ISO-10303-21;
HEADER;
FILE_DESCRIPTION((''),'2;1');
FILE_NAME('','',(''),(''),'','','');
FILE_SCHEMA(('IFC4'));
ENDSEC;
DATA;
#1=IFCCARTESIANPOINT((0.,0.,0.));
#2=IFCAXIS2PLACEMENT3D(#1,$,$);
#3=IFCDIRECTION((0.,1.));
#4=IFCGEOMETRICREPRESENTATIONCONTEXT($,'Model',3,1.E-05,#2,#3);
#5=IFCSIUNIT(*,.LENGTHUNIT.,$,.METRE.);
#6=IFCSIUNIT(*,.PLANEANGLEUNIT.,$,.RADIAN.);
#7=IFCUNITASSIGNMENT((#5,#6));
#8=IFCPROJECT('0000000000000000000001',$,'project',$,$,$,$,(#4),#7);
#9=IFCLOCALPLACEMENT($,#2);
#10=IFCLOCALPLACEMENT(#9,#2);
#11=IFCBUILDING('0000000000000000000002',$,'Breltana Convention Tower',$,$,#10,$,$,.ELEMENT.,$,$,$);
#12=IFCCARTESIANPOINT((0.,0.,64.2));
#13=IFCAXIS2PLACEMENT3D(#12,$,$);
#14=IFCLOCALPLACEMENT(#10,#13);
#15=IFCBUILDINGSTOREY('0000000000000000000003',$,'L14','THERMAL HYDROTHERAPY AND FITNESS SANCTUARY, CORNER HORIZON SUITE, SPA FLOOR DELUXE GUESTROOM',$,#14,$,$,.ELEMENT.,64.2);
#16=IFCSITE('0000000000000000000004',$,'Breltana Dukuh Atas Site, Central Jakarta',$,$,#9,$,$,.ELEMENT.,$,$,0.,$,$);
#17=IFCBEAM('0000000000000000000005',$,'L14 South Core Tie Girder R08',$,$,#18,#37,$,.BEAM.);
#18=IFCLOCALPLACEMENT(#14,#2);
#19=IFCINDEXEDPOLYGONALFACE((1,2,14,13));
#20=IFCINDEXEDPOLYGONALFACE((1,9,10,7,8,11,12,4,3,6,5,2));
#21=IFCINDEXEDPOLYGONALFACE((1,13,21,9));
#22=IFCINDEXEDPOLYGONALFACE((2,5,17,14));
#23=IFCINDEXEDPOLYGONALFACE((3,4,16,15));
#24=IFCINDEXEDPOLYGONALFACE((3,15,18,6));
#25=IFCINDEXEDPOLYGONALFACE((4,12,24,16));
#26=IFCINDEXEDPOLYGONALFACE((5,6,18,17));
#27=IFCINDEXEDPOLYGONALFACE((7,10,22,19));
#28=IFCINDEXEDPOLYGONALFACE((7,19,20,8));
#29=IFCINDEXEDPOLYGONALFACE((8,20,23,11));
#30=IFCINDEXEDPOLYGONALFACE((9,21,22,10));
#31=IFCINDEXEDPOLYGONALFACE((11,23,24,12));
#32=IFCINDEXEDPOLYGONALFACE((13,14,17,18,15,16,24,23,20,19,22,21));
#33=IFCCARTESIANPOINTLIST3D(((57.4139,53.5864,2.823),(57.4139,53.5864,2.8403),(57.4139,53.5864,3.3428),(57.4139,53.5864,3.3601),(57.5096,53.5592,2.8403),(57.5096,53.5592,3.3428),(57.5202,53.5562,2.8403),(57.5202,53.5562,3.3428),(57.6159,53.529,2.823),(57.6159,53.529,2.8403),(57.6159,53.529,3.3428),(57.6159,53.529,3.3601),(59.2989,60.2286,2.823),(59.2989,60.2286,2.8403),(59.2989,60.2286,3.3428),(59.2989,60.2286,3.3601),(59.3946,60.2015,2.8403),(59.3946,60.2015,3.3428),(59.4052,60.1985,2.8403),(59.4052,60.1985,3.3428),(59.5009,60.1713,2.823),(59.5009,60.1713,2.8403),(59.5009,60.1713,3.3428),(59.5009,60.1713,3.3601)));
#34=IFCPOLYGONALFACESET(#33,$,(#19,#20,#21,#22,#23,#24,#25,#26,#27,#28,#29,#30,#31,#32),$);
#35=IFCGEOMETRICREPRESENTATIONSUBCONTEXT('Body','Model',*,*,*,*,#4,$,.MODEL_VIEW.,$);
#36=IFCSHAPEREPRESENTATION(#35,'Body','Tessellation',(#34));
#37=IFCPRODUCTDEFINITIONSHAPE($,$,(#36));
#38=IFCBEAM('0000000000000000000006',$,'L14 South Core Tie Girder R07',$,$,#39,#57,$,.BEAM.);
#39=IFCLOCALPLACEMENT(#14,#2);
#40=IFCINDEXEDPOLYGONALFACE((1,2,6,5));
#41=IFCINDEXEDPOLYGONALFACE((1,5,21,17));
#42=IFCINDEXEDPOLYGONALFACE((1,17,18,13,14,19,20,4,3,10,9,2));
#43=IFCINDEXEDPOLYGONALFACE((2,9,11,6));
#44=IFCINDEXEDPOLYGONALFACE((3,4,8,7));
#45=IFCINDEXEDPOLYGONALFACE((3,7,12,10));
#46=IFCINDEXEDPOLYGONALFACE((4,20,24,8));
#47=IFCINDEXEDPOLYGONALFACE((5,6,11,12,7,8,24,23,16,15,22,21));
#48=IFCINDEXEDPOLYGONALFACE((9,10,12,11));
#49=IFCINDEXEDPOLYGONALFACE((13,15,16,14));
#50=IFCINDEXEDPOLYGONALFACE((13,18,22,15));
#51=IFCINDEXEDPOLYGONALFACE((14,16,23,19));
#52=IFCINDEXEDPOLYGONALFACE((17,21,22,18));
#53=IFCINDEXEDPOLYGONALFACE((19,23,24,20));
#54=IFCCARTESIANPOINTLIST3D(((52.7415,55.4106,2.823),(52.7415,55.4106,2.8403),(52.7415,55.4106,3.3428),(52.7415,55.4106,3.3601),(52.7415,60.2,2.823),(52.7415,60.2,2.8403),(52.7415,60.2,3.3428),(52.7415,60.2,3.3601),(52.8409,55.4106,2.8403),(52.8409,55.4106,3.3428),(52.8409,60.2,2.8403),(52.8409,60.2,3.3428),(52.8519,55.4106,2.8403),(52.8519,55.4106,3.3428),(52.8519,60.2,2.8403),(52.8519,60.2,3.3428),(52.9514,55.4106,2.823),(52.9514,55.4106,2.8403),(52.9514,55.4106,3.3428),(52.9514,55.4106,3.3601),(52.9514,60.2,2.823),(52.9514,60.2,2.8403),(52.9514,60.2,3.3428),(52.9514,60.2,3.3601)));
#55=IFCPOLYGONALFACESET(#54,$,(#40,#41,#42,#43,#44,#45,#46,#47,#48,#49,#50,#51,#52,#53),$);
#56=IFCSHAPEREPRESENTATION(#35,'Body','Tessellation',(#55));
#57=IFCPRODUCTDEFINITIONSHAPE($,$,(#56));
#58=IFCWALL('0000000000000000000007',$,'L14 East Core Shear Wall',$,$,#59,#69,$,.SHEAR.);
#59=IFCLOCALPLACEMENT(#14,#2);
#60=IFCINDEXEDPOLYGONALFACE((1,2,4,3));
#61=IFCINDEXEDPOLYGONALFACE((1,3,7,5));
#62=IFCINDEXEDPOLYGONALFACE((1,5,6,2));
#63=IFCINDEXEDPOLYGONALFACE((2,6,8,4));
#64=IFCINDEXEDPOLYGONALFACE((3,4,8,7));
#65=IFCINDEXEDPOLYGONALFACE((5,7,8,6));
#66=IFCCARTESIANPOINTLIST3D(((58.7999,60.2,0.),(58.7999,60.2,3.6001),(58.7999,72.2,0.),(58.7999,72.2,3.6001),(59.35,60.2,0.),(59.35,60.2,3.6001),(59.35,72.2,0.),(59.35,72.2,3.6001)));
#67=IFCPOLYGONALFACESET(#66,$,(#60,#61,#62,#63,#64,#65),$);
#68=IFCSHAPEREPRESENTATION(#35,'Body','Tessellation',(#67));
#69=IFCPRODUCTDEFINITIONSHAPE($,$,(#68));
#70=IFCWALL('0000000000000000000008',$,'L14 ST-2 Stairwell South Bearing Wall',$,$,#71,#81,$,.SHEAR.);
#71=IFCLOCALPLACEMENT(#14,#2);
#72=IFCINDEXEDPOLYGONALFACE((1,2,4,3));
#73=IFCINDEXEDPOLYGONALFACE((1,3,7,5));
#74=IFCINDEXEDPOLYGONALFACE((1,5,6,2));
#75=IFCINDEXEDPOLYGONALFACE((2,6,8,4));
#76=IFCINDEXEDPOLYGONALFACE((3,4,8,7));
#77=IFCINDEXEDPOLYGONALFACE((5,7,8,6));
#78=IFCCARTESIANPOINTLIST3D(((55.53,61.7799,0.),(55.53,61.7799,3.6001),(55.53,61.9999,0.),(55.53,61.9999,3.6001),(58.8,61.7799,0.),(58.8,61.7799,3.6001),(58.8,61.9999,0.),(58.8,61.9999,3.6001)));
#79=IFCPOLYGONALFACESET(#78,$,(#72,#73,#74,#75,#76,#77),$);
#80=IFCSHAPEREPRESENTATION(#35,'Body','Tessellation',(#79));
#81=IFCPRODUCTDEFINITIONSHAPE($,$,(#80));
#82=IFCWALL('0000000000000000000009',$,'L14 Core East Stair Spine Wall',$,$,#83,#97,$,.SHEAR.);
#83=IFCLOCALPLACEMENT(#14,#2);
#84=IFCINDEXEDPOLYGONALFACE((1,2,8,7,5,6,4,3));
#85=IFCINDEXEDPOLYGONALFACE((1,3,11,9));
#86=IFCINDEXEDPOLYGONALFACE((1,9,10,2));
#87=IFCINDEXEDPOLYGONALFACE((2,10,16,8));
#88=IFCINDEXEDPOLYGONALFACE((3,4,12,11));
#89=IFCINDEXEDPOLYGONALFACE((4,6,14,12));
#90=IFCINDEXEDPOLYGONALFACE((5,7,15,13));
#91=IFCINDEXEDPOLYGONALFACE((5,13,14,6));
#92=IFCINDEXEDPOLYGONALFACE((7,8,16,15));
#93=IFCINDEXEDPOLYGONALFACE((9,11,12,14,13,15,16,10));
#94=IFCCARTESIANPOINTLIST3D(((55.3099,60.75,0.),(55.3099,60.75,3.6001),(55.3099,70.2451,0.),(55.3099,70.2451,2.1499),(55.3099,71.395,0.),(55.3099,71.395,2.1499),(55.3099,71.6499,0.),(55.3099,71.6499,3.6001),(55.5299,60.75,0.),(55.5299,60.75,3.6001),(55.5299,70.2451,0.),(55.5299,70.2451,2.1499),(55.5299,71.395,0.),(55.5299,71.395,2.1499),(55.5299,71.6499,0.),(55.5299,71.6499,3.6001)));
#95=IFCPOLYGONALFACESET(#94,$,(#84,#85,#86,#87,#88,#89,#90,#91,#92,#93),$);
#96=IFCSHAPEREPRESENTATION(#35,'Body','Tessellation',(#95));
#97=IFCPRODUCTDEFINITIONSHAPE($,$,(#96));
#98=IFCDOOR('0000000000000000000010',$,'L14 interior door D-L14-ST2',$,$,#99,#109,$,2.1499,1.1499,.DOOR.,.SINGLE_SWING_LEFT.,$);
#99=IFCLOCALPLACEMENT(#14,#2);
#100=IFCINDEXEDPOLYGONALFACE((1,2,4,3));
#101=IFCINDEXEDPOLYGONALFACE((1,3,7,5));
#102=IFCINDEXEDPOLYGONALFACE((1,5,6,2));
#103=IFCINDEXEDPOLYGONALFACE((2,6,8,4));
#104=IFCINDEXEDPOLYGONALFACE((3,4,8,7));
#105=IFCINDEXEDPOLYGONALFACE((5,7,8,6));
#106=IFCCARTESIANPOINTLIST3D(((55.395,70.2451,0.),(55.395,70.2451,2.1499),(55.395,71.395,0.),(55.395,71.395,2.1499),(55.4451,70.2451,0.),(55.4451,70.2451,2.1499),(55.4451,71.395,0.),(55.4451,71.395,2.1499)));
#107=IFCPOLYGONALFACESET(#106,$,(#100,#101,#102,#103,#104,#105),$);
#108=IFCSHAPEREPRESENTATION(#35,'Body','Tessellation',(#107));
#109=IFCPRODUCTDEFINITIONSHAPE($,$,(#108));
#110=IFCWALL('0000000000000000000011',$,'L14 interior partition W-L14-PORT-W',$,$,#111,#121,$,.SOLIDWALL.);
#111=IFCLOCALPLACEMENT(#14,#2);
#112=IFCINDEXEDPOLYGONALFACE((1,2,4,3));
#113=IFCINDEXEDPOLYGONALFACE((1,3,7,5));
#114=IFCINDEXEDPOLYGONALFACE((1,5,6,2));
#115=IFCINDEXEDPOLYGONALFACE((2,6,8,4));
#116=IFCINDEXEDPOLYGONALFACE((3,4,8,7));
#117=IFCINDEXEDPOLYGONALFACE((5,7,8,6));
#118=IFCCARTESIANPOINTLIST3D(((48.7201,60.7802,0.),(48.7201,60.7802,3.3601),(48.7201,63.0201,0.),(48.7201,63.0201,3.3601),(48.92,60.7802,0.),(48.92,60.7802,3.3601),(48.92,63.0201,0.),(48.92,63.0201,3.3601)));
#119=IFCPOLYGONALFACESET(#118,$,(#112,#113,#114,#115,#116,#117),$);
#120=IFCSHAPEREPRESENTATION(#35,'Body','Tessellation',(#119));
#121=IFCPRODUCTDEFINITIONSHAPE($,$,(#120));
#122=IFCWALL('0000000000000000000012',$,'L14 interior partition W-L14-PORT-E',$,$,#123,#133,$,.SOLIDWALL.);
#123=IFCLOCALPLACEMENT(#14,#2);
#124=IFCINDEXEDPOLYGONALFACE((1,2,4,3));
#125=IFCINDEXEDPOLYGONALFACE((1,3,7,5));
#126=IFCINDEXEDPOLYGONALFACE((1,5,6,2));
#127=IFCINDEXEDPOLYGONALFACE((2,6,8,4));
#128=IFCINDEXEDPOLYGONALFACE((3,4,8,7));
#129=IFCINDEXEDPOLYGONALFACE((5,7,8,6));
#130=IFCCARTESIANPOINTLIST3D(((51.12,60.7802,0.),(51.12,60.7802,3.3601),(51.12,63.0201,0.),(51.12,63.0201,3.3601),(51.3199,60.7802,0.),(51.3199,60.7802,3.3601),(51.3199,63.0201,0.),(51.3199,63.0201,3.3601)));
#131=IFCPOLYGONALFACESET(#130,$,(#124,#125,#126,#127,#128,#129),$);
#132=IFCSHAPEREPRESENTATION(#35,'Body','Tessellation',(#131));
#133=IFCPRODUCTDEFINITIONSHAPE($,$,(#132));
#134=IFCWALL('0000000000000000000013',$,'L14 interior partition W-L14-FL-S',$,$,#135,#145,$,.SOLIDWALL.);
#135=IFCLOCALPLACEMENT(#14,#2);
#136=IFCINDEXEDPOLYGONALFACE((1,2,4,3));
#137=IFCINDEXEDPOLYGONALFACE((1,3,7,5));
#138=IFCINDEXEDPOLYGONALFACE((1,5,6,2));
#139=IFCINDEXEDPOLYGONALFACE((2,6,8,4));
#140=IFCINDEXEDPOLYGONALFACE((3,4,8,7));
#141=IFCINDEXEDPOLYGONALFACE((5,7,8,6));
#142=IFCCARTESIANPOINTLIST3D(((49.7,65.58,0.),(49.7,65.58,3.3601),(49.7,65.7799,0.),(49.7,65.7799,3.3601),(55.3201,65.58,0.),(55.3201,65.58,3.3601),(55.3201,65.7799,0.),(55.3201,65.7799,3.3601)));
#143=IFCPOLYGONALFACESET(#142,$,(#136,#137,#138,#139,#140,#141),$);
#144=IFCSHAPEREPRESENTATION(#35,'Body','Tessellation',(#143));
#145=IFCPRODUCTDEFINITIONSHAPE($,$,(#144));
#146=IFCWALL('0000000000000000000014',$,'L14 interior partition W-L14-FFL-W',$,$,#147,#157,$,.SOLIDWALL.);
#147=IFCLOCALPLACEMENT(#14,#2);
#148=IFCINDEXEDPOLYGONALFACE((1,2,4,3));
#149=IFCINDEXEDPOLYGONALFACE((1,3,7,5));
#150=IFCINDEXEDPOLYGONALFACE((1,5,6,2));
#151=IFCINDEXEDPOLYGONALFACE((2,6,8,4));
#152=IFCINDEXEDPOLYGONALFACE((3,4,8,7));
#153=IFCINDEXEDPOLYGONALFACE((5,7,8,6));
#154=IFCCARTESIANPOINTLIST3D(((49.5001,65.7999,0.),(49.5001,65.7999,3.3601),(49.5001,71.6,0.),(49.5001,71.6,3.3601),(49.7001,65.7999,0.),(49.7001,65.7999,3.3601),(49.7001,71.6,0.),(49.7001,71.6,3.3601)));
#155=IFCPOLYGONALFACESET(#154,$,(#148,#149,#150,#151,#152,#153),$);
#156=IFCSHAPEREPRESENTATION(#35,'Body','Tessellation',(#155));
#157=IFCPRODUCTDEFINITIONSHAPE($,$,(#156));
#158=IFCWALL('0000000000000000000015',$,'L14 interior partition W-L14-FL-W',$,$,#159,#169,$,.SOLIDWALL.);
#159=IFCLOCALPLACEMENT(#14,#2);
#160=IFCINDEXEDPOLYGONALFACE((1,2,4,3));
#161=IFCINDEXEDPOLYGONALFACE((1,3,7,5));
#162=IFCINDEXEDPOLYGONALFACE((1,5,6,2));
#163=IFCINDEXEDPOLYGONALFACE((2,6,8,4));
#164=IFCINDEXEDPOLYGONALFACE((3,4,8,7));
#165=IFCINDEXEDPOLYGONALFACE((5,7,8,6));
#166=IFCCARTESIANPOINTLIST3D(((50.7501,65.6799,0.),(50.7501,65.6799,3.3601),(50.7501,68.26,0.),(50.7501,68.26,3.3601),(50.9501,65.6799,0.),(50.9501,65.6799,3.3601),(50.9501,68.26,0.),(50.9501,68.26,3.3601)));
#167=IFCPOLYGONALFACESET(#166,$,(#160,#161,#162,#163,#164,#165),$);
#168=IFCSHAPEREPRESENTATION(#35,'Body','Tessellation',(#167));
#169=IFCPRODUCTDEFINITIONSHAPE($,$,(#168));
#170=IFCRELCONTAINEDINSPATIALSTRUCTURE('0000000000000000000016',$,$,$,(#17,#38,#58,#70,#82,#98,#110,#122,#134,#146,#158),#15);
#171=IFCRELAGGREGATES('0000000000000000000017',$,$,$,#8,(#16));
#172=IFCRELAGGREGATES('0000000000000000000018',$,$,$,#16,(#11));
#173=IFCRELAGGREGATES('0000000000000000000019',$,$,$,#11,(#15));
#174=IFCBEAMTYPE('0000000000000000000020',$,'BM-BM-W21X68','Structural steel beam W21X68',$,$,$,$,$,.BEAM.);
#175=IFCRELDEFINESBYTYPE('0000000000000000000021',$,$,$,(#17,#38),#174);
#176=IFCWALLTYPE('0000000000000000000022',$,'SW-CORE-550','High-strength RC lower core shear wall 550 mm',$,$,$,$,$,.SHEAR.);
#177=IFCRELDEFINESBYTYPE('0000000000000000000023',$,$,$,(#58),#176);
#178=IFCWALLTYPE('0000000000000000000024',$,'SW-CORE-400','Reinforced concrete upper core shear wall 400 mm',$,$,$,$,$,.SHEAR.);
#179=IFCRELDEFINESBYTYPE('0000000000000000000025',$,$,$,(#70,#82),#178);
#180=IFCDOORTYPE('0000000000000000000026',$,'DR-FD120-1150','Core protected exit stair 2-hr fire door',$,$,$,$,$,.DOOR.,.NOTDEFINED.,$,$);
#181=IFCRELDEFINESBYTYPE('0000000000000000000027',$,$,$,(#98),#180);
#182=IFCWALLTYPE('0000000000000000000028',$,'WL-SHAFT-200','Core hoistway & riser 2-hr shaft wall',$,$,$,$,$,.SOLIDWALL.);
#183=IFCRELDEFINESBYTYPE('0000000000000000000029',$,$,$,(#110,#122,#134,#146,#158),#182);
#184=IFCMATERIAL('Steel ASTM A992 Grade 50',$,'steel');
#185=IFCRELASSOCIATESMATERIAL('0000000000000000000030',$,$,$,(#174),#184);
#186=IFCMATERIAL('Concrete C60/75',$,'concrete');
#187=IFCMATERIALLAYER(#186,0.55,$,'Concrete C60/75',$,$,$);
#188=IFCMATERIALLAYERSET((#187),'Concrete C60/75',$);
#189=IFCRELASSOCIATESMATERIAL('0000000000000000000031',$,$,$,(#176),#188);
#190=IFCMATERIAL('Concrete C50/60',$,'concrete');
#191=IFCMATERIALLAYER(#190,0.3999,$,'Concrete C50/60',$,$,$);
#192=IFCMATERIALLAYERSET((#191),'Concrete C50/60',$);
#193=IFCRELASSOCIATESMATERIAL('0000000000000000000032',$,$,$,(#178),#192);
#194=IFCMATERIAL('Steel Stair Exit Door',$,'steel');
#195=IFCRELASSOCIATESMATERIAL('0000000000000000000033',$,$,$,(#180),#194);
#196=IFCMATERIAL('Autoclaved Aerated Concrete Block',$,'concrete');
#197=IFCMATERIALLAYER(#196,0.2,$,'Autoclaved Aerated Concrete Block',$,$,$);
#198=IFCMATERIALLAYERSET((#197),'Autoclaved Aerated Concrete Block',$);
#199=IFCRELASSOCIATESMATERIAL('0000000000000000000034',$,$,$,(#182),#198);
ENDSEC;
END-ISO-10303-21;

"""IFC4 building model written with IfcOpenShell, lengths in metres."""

from ifc_helpers import new_model, si_unit, direction, frame, frame_2d, origin, origin_2d, place, context, subcontext, project, spatial, rectangle, i_section, extrude, source, transform, mapped, material, layer, layer_set, material_profile, profile_set, type_object, type_shapes, element, fill, save


model = new_model("IFC4")

# Units and contexts
model_context = context("Model", 3, precision=1e-05, world=origin(), true_north=direction((0.0, 1.0)))
body_context = subcontext(model_context, "Body", "Model", "MODEL_VIEW")
ifc_project = project(units=[si_unit("LENGTHUNIT", "METRE"), si_unit("PLANEANGLEUNIT", "RADIAN")], contexts=[model_context])

# Site, building, storey
site_placement = place(None, origin())
site = spatial("IfcSite", under=ifc_project, at=site_placement, Name="Breltana Dukuh Atas Site, Central Jakarta", CompositionType="ELEMENT", RefElevation=0.0)
building_placement = place(site_placement, origin())
building = spatial("IfcBuilding", under=site, at=building_placement, Name="Breltana Convention Tower", CompositionType="ELEMENT")
storey_placement = place(building_placement, frame((0.0, 0.0, 64.2)))
storey = spatial("IfcBuildingStorey", under=building, at=storey_placement, Name="L14", Description="THERMAL HYDROTHERAPY AND FITNESS SANCTUARY, CORNER HORIZON SUITE, SPA FLOOR DELUXE GUESTROOM", CompositionType="ELEMENT", Elevation=64.2)

# Beams
ifc_material_1 = material(Name="Steel ASTM A992 Grade 50", Category="steel")
ifc_material_profile = material_profile(ifc_material_1, i_section(OverallWidth=0.21, OverallDepth=0.5371, WebThickness=0.011, FlangeThickness=0.0173, at=origin_2d()), Name="W21X68")
ifc_profile_set = profile_set([ifc_material_profile], Name="Steel ASTM A992 Grade 50")
beam_type = type_object("IfcBeamType", Name="BM-BM-W21X68", Description="Structural steel beam W21X68", PredefinedType="BEAM", material=ifc_profile_set)
shared_shape_1 = source(origin(), body_context, "Body", "SweptSolid", [
    extrude(i_section(OverallWidth=0.21, OverallDepth=0.5371, WebThickness=0.011, FlangeThickness=0.0173, at=origin_2d()), origin(), (0.0, 0.0, 1.0), 6.9045),
])
type_shapes(beam_type, [shared_shape_1])
beam_1_placement = place(storey_placement, frame((59.3999, 60.2, 3.0916), z_axis=(-0.273007, -0.962012, 0.0), x_axis=(0.962012, -0.273007, 0.0)))
element("IfcBeam", 1, at=beam_1_placement, inside=storey, type_object=beam_type, Name="L14 South Core Tie Girder R08", PredefinedType="BEAM", context=body_context, shape_type="MappedRepresentation", body=[
    mapped(shared_shape_1, transform((0.0, 0.0, 0.0), scale=1.0)),
])
shared_shape_2 = source(origin(), body_context, "Body", "SweptSolid", [
    extrude(i_section(OverallWidth=0.21, OverallDepth=0.5371, WebThickness=0.011, FlangeThickness=0.0173, at=origin_2d()), origin(), (0.0, 0.0, 1.0), 4.7893),
])
beam_2_placement = place(storey_placement, frame((52.8464, 60.2, 3.0916), z_axis=(0.0, -1.0, 0.0), x_axis=(1.0, 0.0, 0.0)))
element("IfcBeam", 2, at=beam_2_placement, inside=storey, type_object=beam_type, Name="L14 South Core Tie Girder R07", PredefinedType="BEAM", context=body_context, shape_type="MappedRepresentation", body=[
    mapped(shared_shape_2, transform((0.0, 0.0, 0.0), scale=1.0)),
])

# Walls
ifc_material_2 = material(Name="Concrete C60/75", Category="concrete")
ifc_layer_1 = layer(ifc_material_2, 0.55, Name="Concrete C60/75")
ifc_layer_set_1 = layer_set([ifc_layer_1], Name="Concrete C60/75")
wall_type_1 = type_object("IfcWallType", Name="SW-CORE-550", Description="High-strength RC lower core shear wall 550 mm", PredefinedType="SHEAR", material=ifc_layer_set_1)
shared_shape_3 = source(origin(), body_context, "Body", "SweptSolid", [
    extrude(rectangle(XDim=12.0, YDim=0.55, at=frame_2d((6.0, 0.0))), origin(), (0.0, 0.0, 1.0), 3.6001),
])
wall_1_placement = place(storey_placement, frame((59.075, 60.2, 0.0), z_axis=(0.0, 0.0, 1.0), x_axis=(0.0, 1.0, 0.0)))
element("IfcWall", 3, at=wall_1_placement, inside=storey, type_object=wall_type_1, Name="L14 East Core Shear Wall", PredefinedType="SHEAR", context=body_context, shape_type="MappedRepresentation", body=[
    mapped(shared_shape_3, transform((0.0, 0.0, 0.0), scale=1.0)),
])
ifc_material_3 = material(Name="Concrete C50/60", Category="concrete")
ifc_layer_2 = layer(ifc_material_3, 0.3999, Name="Concrete C50/60")
ifc_layer_set_2 = layer_set([ifc_layer_2], Name="Concrete C50/60")
wall_type_2 = type_object("IfcWallType", Name="SW-CORE-400", Description="Reinforced concrete upper core shear wall 400 mm", PredefinedType="SHEAR", material=ifc_layer_set_2)
shared_shape_4 = source(origin(), body_context, "Body", "SweptSolid", [
    extrude(rectangle(XDim=3.27, YDim=0.22, at=frame_2d((1.635, 0.0))), origin(), (0.0, 0.0, 1.0), 3.6001),
])
wall_2_placement = place(storey_placement, frame((55.53, 61.8899, 0.0), z_axis=(0.0, 0.0, 1.0), x_axis=(1.0, 0.0, 0.0)))
element("IfcWall", 4, at=wall_2_placement, inside=storey, type_object=wall_type_2, Name="L14 ST-2 Stairwell South Bearing Wall", PredefinedType="SHEAR", context=body_context, shape_type="MappedRepresentation", body=[
    mapped(shared_shape_4, transform((0.0, 0.0, 0.0), scale=1.0)),
])

# Wall, opening, door
shared_shape_5 = source(origin(), body_context, "Body", "SweptSolid", [
    extrude(rectangle(XDim=10.8999, YDim=0.22, at=frame_2d((5.45, 0.0))), origin(), (0.0, 0.0, 1.0), 3.6001),
])
wall_3_placement = place(storey_placement, frame((55.4199, 60.75, 0.0), z_axis=(0.0, 0.0, 1.0), x_axis=(0.0, 1.0, 0.0)))
wall_3 = element("IfcWall", 5, at=wall_3_placement, inside=storey, type_object=wall_type_2, Name="L14 Core East Stair Spine Wall", PredefinedType="SHEAR", context=body_context, shape_type="MappedRepresentation", body=[
    mapped(shared_shape_5, transform((0.0, 0.0, 0.0), scale=1.0)),
])
opening_1_placement = place(wall_3_placement, frame((9.4951, 0.0, 0.0)))
opening_1 = element("IfcOpeningElement", 6, at=opening_1_placement, cuts=wall_3, PredefinedType="OPENING", context=body_context, shape_type="SweptSolid", body=[
    extrude(rectangle(XDim=1.1499, YDim=2.1499, at=frame_2d((0.575, 1.075))), frame((0.0, 0.1201, 0.0), z_axis=(0.0, -1.0, 0.0), x_axis=(1.0, 0.0, 0.0)), (0.0, 0.0, 1.0), 0.24),
])
ifc_material_4 = material(Name="Steel Stair Exit Door", Category="steel")
door_type_1 = type_object("IfcDoorType", Name="DR-FD120-1150", Description="Core protected exit stair 2-hr fire door", OperationType="NOTDEFINED", PredefinedType="DOOR", material=ifc_material_4)
shared_shape_6 = source(origin(), body_context, "Body", "SweptSolid", [
    extrude(rectangle(XDim=1.1499, YDim=2.1499, at=frame_2d((0.575, 1.075))), frame((0.0, 0.0249, 0.0), z_axis=(0.0, -1.0, 0.0), x_axis=(1.0, 0.0, 0.0)), (0.0, 0.0, 1.0), 0.05),
])
type_shapes(door_type_1, [shared_shape_6])
door_1_placement = place(opening_1_placement, origin())
door_1 = element("IfcDoor", 7, at=door_1_placement, inside=storey, type_object=door_type_1, Name="L14 interior door D-L14-ST2", OperationType="SINGLE_SWING_LEFT", OverallHeight=2.1499, OverallWidth=1.1499, PredefinedType="DOOR", context=body_context, shape_type="MappedRepresentation", body=[
    mapped(shared_shape_6, transform((0.0, 0.0, 0.0), scale=1.0)),
])
fill(opening_1, door_1)

# Walls
ifc_material_5 = material(Name="Autoclaved Aerated Concrete Block", Category="concrete")
ifc_layer_3 = layer(ifc_material_5, 0.2, Name="Autoclaved Aerated Concrete Block")
ifc_layer_set_3 = layer_set([ifc_layer_3], Name="Autoclaved Aerated Concrete Block")
wall_type_3 = type_object("IfcWallType", Name="WL-SHAFT-200", Description="Core hoistway & riser 2-hr shaft wall", PredefinedType="SOLIDWALL", material=ifc_layer_set_3)
shared_shape_7 = source(origin(), body_context, "Body", "SweptSolid", [
    extrude(rectangle(XDim=2.24, YDim=0.2, at=frame_2d((1.1201, 0.0))), origin(), (0.0, 0.0, 1.0), 3.3601),
])
for number, where, z_axis, x_axis, name in (
    (8, (48.8201, 60.78, 0.0), (0.0, 0.0, 1.0), (0.0, 1.0, 0.0), "L14 interior partition W-L14-PORT-W"),
    (9, (51.22, 60.78, 0.0), (0.0, 0.0, 1.0), (0.0, 1.0, 0.0), "L14 interior partition W-L14-PORT-E"),
):
    element("IfcWall", number, at=place(storey_placement, frame(where, z_axis=z_axis, x_axis=x_axis)), inside=storey, type_object=wall_type_3, Name=name, PredefinedType="SOLIDWALL", context=body_context, shape_type="MappedRepresentation", body=[
        mapped(shared_shape_7, transform((0.0, 0.0, 0.0), scale=1.0)),
    ])

# Shared definitions
shared_shape_8 = source(origin(), body_context, "Body", "SweptSolid", [
    extrude(rectangle(XDim=5.6201, YDim=0.2, at=frame_2d((2.8101, 0.0))), origin(), (0.0, 0.0, 1.0), 3.3601),
])

# Walls
wall_4_placement = place(storey_placement, frame((49.7, 65.6799, 0.0), z_axis=(0.0, 0.0, 1.0), x_axis=(1.0, 0.0, 0.0)))
element("IfcWall", 10, at=wall_4_placement, inside=storey, type_object=wall_type_3, Name="L14 interior partition W-L14-FL-S", PredefinedType="SOLIDWALL", context=body_context, shape_type="MappedRepresentation", body=[
    mapped(shared_shape_8, transform((0.0, 0.0, 0.0), scale=1.0)),
])
shared_shape_9 = source(origin(), body_context, "Body", "SweptSolid", [
    extrude(rectangle(XDim=5.8, YDim=0.2, at=frame_2d((2.8999, 0.0))), origin(), (0.0, 0.0, 1.0), 3.3601),
])
wall_5_placement = place(storey_placement, frame((49.6001, 65.8, 0.0), z_axis=(0.0, 0.0, 1.0), x_axis=(0.0, 1.0, 0.0)))
element("IfcWall", 11, at=wall_5_placement, inside=storey, type_object=wall_type_3, Name="L14 interior partition W-L14-FFL-W", PredefinedType="SOLIDWALL", context=body_context, shape_type="MappedRepresentation", body=[
    mapped(shared_shape_9, transform((0.0, 0.0, 0.0), scale=1.0)),
])
shared_shape_10 = source(origin(), body_context, "Body", "SweptSolid", [
    extrude(rectangle(XDim=2.5801, YDim=0.2, at=frame_2d((1.29, 0.0))), origin(), (0.0, 0.0, 1.0), 3.3601),
])
wall_6_placement = place(storey_placement, frame((50.8501, 65.6799, 0.0), z_axis=(0.0, 0.0, 1.0), x_axis=(0.0, 1.0, 0.0)))
element("IfcWall", 12, at=wall_6_placement, inside=storey, type_object=wall_type_3, Name="L14 interior partition W-L14-FL-W", PredefinedType="SOLIDWALL", context=body_context, shape_type="MappedRepresentation", body=[
    mapped(shared_shape_10, transform((0.0, 0.0, 0.0), scale=1.0)),
])

save(model, "model.ifc")
